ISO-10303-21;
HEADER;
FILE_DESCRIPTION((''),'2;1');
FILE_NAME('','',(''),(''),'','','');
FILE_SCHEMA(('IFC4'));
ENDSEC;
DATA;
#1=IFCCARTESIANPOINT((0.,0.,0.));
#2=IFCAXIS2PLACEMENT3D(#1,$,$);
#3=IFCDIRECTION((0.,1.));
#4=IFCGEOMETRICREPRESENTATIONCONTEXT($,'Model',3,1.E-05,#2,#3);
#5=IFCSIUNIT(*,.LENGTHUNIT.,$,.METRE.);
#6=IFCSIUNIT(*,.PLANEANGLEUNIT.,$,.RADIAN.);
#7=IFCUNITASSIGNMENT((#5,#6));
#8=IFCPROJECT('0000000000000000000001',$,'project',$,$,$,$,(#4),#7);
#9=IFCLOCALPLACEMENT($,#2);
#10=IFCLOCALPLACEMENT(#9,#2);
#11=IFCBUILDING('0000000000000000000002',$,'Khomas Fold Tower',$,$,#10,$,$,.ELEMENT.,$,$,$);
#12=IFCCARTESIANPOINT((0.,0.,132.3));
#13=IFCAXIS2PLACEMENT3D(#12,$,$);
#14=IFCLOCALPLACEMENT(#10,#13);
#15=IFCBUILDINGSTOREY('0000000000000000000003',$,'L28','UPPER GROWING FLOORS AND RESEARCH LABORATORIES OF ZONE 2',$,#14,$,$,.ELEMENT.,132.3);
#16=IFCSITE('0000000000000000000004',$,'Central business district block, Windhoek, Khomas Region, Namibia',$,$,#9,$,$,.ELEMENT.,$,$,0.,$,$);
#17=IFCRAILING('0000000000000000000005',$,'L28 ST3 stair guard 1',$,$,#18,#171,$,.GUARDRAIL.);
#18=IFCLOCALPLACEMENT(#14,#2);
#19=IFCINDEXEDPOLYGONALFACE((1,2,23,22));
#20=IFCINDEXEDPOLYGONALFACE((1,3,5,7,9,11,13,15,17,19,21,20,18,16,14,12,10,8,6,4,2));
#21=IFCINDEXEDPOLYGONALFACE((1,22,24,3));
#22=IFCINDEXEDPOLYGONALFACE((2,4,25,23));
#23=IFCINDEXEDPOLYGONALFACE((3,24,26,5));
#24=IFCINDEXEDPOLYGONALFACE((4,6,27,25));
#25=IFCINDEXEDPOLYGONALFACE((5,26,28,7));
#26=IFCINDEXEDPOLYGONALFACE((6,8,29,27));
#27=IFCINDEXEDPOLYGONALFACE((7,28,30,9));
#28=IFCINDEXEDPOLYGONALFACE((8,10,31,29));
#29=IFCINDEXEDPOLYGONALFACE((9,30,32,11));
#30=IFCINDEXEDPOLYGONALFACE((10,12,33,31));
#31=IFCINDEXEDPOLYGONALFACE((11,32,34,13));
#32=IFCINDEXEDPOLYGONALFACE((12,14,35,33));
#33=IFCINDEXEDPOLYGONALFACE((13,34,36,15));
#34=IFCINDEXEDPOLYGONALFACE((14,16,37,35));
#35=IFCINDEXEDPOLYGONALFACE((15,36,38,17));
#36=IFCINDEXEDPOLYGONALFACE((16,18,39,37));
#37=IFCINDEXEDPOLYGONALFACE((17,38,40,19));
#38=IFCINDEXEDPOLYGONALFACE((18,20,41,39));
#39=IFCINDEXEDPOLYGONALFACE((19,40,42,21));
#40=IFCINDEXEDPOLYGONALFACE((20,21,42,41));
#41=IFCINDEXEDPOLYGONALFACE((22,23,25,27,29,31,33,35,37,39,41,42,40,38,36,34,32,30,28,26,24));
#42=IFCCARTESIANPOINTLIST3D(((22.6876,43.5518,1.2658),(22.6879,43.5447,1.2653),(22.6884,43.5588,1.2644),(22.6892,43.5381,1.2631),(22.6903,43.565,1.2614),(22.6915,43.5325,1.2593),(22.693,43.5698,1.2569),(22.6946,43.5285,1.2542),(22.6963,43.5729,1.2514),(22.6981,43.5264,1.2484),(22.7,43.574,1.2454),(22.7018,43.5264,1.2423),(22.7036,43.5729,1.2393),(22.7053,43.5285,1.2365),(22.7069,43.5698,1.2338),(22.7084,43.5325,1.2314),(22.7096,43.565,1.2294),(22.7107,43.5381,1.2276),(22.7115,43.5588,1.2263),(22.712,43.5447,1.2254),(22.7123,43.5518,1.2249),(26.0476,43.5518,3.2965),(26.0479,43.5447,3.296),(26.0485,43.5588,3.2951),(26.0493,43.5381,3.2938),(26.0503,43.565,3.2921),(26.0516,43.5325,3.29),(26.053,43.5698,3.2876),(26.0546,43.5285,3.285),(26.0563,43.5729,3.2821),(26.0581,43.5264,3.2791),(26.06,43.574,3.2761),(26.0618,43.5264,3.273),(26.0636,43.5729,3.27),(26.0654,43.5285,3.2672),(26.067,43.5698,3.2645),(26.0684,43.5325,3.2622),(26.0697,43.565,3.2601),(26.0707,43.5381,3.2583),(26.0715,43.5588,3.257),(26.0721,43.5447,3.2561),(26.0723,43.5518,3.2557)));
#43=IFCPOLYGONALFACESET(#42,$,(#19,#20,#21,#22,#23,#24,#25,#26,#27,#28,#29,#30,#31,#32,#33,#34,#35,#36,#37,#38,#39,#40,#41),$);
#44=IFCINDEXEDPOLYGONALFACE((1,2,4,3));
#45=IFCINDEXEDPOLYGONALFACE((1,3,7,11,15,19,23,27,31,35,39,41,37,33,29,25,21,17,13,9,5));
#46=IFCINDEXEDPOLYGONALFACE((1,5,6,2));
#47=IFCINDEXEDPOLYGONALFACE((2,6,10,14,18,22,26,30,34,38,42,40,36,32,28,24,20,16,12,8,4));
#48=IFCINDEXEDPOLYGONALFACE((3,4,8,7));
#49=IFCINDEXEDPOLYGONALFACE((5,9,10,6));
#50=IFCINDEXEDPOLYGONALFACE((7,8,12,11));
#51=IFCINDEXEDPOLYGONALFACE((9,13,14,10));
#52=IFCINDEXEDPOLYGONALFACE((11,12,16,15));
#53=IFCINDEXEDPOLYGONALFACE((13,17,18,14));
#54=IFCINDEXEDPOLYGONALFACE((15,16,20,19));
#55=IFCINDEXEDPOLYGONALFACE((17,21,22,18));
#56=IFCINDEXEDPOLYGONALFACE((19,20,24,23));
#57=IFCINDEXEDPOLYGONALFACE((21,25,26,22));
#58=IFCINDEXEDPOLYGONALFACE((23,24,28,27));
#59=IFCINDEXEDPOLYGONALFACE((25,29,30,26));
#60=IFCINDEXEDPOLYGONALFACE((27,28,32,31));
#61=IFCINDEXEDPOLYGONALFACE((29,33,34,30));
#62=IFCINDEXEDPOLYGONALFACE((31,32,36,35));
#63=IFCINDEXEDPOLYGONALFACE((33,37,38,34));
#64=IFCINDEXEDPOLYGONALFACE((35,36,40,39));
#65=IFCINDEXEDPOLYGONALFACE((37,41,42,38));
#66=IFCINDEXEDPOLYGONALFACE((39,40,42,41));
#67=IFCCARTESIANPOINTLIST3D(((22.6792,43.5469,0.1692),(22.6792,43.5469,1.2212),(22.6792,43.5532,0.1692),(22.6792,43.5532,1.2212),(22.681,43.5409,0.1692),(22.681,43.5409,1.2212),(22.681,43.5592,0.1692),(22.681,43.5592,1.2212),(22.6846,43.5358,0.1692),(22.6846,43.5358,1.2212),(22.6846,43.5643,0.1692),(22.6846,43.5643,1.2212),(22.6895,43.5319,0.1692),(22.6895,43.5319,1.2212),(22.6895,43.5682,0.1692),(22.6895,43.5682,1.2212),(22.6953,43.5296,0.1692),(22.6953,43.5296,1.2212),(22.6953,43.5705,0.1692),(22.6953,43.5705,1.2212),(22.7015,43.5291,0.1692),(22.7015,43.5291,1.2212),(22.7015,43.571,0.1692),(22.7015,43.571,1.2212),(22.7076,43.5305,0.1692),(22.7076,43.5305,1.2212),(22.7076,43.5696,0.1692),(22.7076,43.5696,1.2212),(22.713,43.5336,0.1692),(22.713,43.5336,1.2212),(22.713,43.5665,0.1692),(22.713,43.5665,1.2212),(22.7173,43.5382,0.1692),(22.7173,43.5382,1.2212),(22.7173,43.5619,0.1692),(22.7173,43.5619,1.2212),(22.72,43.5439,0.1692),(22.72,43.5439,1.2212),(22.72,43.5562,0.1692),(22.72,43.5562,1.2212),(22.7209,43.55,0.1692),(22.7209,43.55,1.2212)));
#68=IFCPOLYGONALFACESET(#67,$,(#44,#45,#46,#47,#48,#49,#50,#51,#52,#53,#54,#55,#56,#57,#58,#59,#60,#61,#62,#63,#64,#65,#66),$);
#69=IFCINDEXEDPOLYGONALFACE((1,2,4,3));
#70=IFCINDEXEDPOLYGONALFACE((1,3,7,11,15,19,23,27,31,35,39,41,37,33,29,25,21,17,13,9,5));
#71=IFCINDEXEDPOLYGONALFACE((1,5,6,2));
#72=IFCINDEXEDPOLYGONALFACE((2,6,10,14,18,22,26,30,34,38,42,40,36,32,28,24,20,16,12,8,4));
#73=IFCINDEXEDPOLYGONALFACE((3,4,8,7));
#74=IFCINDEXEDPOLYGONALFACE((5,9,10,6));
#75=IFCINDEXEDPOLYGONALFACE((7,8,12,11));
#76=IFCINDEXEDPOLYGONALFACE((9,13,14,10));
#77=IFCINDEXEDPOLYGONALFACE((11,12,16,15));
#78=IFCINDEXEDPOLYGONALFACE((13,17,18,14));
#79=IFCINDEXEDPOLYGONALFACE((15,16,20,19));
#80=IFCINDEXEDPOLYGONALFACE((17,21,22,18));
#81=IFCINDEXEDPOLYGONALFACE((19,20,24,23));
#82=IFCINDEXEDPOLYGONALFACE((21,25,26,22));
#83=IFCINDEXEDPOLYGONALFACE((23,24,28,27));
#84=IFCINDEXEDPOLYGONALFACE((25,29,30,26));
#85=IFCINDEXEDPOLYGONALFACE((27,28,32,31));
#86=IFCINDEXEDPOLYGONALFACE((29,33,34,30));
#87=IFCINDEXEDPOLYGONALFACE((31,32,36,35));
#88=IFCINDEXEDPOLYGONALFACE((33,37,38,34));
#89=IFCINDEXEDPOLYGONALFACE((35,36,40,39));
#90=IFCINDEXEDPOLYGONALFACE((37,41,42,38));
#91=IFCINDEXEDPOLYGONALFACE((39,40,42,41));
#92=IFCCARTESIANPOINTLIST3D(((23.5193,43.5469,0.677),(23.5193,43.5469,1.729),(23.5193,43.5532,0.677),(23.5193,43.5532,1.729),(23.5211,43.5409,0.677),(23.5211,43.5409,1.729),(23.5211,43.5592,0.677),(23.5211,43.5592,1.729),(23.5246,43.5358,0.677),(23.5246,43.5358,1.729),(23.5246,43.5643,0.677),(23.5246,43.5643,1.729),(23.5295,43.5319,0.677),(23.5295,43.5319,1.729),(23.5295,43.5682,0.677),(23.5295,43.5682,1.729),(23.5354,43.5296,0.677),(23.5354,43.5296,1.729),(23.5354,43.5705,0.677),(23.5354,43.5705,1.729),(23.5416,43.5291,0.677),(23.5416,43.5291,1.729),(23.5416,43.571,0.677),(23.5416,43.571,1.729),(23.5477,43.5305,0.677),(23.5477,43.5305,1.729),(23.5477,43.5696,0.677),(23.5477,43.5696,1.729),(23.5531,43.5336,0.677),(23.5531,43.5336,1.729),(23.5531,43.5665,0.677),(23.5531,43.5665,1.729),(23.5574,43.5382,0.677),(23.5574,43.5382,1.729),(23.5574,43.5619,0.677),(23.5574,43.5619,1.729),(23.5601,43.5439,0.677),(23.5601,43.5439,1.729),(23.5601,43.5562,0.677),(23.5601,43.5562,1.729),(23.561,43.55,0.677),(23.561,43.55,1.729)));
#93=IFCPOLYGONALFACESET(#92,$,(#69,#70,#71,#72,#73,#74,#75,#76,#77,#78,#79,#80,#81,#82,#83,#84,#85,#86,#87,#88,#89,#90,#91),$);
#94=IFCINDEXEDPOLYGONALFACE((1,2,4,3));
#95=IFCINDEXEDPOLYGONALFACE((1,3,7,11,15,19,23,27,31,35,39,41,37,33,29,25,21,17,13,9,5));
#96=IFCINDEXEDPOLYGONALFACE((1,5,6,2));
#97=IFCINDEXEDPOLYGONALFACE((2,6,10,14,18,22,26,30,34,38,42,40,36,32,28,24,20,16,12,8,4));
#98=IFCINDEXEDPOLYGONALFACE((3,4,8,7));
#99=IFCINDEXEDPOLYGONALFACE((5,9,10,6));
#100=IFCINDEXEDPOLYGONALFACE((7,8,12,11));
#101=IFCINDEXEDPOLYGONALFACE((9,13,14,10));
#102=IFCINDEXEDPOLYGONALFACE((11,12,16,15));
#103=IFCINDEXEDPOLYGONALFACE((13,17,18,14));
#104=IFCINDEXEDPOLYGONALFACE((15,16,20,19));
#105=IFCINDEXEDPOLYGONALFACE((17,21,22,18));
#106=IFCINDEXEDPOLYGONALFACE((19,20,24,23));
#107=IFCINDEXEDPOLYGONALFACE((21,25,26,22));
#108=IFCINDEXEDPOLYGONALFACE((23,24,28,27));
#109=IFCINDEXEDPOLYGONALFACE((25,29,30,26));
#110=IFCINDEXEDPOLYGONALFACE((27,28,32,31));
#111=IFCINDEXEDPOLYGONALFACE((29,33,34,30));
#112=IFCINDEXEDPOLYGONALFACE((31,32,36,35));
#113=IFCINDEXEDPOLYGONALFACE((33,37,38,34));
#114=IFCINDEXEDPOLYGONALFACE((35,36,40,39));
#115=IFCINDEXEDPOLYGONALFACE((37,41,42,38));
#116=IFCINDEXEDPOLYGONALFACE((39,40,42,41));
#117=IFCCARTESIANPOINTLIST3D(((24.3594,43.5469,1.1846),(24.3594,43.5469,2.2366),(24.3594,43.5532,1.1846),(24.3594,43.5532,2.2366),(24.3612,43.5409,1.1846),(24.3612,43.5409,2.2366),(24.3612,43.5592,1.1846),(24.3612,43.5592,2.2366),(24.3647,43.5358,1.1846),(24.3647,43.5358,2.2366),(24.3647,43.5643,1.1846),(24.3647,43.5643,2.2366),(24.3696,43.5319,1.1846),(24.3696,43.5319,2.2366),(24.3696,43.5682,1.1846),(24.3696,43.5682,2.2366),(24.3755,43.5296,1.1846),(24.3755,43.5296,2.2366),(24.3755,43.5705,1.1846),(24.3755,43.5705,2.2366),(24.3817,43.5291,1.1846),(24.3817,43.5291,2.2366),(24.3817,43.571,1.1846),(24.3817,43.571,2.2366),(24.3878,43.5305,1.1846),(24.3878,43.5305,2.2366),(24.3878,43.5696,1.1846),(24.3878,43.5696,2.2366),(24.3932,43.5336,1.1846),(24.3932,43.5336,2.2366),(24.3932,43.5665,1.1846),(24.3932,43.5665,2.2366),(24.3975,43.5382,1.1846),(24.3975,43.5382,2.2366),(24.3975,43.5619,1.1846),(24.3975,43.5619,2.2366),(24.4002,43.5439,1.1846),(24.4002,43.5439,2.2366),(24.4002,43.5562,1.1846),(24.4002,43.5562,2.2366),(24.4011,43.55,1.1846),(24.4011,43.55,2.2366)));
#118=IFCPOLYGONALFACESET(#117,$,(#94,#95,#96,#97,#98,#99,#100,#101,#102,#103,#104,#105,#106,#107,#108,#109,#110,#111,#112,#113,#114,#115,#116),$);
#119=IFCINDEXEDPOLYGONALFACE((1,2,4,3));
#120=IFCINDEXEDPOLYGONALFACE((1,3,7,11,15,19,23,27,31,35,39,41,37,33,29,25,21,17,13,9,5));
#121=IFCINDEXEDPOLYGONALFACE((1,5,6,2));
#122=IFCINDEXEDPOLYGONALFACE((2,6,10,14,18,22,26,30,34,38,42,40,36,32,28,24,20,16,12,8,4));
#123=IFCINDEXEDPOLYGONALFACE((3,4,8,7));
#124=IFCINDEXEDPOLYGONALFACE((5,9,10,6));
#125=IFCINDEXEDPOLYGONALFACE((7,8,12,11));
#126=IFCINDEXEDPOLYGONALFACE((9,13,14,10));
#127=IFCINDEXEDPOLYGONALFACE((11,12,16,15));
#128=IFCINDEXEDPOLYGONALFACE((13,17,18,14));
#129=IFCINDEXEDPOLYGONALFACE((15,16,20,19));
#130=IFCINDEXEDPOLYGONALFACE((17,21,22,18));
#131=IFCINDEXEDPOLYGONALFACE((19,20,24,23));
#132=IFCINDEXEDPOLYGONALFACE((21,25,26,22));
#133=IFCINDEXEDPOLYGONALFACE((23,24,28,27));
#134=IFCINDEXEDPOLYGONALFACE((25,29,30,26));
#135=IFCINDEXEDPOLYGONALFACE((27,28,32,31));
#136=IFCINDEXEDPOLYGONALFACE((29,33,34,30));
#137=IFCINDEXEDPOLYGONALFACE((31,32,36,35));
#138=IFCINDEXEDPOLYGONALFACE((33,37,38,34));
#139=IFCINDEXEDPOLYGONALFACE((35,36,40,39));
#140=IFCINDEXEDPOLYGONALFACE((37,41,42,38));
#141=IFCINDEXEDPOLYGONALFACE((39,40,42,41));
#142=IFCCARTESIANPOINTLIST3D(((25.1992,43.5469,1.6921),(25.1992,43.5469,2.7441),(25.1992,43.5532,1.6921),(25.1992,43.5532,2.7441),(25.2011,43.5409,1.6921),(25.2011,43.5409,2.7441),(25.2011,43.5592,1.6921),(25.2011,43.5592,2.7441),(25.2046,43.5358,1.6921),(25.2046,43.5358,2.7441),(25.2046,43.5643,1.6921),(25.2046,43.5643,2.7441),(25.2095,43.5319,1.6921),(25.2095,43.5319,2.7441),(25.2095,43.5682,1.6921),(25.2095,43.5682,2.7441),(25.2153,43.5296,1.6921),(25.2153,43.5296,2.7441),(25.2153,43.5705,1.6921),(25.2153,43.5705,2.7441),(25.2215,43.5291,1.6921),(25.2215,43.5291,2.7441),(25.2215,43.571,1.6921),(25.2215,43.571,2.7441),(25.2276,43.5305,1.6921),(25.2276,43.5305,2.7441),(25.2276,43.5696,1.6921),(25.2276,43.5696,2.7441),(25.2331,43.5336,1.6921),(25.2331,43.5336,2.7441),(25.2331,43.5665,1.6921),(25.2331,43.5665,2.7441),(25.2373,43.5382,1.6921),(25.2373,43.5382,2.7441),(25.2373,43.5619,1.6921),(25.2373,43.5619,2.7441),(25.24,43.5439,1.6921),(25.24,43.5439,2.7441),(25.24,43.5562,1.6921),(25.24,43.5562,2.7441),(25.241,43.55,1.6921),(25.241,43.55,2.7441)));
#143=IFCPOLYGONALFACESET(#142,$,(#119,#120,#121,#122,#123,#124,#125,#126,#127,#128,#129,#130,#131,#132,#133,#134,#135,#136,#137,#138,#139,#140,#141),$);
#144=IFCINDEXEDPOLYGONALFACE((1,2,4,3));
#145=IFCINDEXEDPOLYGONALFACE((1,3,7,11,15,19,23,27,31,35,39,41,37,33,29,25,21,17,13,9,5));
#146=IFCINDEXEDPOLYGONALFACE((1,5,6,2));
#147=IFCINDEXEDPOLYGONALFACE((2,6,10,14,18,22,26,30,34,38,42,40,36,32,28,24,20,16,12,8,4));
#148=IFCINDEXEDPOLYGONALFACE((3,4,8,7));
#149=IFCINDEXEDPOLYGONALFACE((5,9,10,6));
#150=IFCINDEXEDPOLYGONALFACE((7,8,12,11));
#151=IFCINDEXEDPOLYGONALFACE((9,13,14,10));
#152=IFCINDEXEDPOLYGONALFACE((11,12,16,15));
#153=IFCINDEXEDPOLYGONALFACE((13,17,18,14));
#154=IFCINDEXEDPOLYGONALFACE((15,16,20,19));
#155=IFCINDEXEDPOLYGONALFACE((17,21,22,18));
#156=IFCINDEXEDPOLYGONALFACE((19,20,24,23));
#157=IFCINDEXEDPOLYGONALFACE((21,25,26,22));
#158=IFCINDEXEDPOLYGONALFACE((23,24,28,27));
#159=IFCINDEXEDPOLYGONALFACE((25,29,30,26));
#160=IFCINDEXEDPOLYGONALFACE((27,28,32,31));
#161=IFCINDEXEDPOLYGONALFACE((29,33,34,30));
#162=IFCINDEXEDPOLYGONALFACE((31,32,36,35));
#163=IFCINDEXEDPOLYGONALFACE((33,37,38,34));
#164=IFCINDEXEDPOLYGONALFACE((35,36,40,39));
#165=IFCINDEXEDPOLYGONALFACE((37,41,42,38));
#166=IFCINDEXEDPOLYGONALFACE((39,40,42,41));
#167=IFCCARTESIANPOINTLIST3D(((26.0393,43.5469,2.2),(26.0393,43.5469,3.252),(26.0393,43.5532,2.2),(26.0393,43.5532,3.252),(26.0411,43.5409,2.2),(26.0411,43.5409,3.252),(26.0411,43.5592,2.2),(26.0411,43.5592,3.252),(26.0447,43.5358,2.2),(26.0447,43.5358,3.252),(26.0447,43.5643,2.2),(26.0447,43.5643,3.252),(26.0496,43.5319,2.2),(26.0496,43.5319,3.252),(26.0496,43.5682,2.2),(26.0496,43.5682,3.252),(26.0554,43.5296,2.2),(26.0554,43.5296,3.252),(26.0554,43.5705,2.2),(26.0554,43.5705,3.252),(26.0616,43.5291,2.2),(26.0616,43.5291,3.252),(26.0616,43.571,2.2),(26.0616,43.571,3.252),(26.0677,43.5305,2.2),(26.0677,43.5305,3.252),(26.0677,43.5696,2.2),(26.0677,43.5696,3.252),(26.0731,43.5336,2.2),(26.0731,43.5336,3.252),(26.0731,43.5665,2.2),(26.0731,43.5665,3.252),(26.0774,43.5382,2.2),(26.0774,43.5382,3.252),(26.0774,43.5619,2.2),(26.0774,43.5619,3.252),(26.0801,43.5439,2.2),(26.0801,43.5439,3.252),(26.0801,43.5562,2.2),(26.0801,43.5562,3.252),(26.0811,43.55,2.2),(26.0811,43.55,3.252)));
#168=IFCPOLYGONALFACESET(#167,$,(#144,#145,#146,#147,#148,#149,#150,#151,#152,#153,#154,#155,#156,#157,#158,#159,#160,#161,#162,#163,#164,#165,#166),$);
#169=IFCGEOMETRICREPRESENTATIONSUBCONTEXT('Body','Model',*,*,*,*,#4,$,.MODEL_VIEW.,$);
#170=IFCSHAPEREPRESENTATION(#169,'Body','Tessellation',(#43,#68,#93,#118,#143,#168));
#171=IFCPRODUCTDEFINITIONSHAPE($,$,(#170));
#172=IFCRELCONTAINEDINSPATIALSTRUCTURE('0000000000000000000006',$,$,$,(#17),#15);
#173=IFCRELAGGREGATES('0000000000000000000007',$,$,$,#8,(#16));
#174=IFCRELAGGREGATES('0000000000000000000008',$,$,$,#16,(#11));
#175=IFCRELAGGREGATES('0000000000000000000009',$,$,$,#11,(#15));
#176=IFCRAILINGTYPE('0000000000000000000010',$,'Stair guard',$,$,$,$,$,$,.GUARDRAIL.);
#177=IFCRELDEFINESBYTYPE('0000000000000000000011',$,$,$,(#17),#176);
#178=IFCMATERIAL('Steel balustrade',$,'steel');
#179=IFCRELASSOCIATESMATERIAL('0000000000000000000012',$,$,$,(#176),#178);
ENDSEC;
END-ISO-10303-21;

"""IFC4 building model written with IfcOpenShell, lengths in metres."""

from ifc_helpers import new_model, si_unit, direction, frame, origin, origin_2d, place, context, subcontext, project, spatial, circle, extrude, source, transform, mapped, material, type_object, element, save


model = new_model("IFC4")

# Units and contexts
model_context = context("Model", 3, precision=1e-05, world=origin(), true_north=direction((0.0, 1.0)))
body_context = subcontext(model_context, "Body", "Model", "MODEL_VIEW")
ifc_project = project(units=[si_unit("LENGTHUNIT", "METRE"), si_unit("PLANEANGLEUNIT", "RADIAN")], contexts=[model_context])

# Site, building, storey
site_placement = place(None, origin())
site = spatial("IfcSite", under=ifc_project, at=site_placement, Name="Central business district block, Windhoek, Khomas Region, Namibia", CompositionType="ELEMENT", RefElevation=0.0)
building_placement = place(site_placement, origin())
building = spatial("IfcBuilding", under=site, at=building_placement, Name="Khomas Fold Tower", CompositionType="ELEMENT")
storey_placement = place(building_placement, frame((0.0, 0.0, 132.3)))
storey = spatial("IfcBuildingStorey", under=building, at=storey_placement, Name="L28", Description="UPPER GROWING FLOORS AND RESEARCH LABORATORIES OF ZONE 2", CompositionType="ELEMENT", Elevation=132.3)

# Railing
ifc_material_1 = material(Name="Steel balustrade", Category="steel")
railing_type_1 = type_object("IfcRailingType", Name="Stair guard", PredefinedType="GUARDRAIL", material=ifc_material_1)
shared_shape_1 = source(origin(), body_context, "Body", "SweptSolid", [
    extrude(circle(Radius=0.0239, at=origin_2d()), frame((0.0, 0.0, 1.0762), z_axis=(0.855837, 0.0, 0.517246), x_axis=(0.0, 1.0, 0.0)), (0.0, 0.0, 1.0), 3.926),
    extrude(circle(Radius=0.021, at=origin_2d()), origin(), (0.0, 0.0, 1.0), 1.052),
    extrude(circle(Radius=0.021, at=origin_2d()), frame((0.8401, 0.0, 0.5078)), (0.0, 0.0, 1.0), 1.052),
    extrude(circle(Radius=0.021, at=origin_2d()), frame((1.6802, 0.0, 1.0154)), (0.0, 0.0, 1.0), 1.052),
    extrude(circle(Radius=0.021, at=origin_2d()), frame((2.52, 0.0, 1.5229)), (0.0, 0.0, 1.0), 1.052),
    extrude(circle(Radius=0.021, at=origin_2d()), frame((3.3601, 0.0, 2.0308)), (0.0, 0.0, 1.0), 1.052),
])
railing_1_placement = place(storey_placement, frame((22.7, 43.55, 0.1692)))
element("IfcRailing", 1, at=railing_1_placement, inside=storey, type_object=railing_type_1, Name="L28 ST3 stair guard 1", PredefinedType="GUARDRAIL", context=body_context, shape_type="MappedRepresentation", body=[
    mapped(shared_shape_1, transform((0.0, 0.0, 0.0))),
])

save(model, "model.ifc")
